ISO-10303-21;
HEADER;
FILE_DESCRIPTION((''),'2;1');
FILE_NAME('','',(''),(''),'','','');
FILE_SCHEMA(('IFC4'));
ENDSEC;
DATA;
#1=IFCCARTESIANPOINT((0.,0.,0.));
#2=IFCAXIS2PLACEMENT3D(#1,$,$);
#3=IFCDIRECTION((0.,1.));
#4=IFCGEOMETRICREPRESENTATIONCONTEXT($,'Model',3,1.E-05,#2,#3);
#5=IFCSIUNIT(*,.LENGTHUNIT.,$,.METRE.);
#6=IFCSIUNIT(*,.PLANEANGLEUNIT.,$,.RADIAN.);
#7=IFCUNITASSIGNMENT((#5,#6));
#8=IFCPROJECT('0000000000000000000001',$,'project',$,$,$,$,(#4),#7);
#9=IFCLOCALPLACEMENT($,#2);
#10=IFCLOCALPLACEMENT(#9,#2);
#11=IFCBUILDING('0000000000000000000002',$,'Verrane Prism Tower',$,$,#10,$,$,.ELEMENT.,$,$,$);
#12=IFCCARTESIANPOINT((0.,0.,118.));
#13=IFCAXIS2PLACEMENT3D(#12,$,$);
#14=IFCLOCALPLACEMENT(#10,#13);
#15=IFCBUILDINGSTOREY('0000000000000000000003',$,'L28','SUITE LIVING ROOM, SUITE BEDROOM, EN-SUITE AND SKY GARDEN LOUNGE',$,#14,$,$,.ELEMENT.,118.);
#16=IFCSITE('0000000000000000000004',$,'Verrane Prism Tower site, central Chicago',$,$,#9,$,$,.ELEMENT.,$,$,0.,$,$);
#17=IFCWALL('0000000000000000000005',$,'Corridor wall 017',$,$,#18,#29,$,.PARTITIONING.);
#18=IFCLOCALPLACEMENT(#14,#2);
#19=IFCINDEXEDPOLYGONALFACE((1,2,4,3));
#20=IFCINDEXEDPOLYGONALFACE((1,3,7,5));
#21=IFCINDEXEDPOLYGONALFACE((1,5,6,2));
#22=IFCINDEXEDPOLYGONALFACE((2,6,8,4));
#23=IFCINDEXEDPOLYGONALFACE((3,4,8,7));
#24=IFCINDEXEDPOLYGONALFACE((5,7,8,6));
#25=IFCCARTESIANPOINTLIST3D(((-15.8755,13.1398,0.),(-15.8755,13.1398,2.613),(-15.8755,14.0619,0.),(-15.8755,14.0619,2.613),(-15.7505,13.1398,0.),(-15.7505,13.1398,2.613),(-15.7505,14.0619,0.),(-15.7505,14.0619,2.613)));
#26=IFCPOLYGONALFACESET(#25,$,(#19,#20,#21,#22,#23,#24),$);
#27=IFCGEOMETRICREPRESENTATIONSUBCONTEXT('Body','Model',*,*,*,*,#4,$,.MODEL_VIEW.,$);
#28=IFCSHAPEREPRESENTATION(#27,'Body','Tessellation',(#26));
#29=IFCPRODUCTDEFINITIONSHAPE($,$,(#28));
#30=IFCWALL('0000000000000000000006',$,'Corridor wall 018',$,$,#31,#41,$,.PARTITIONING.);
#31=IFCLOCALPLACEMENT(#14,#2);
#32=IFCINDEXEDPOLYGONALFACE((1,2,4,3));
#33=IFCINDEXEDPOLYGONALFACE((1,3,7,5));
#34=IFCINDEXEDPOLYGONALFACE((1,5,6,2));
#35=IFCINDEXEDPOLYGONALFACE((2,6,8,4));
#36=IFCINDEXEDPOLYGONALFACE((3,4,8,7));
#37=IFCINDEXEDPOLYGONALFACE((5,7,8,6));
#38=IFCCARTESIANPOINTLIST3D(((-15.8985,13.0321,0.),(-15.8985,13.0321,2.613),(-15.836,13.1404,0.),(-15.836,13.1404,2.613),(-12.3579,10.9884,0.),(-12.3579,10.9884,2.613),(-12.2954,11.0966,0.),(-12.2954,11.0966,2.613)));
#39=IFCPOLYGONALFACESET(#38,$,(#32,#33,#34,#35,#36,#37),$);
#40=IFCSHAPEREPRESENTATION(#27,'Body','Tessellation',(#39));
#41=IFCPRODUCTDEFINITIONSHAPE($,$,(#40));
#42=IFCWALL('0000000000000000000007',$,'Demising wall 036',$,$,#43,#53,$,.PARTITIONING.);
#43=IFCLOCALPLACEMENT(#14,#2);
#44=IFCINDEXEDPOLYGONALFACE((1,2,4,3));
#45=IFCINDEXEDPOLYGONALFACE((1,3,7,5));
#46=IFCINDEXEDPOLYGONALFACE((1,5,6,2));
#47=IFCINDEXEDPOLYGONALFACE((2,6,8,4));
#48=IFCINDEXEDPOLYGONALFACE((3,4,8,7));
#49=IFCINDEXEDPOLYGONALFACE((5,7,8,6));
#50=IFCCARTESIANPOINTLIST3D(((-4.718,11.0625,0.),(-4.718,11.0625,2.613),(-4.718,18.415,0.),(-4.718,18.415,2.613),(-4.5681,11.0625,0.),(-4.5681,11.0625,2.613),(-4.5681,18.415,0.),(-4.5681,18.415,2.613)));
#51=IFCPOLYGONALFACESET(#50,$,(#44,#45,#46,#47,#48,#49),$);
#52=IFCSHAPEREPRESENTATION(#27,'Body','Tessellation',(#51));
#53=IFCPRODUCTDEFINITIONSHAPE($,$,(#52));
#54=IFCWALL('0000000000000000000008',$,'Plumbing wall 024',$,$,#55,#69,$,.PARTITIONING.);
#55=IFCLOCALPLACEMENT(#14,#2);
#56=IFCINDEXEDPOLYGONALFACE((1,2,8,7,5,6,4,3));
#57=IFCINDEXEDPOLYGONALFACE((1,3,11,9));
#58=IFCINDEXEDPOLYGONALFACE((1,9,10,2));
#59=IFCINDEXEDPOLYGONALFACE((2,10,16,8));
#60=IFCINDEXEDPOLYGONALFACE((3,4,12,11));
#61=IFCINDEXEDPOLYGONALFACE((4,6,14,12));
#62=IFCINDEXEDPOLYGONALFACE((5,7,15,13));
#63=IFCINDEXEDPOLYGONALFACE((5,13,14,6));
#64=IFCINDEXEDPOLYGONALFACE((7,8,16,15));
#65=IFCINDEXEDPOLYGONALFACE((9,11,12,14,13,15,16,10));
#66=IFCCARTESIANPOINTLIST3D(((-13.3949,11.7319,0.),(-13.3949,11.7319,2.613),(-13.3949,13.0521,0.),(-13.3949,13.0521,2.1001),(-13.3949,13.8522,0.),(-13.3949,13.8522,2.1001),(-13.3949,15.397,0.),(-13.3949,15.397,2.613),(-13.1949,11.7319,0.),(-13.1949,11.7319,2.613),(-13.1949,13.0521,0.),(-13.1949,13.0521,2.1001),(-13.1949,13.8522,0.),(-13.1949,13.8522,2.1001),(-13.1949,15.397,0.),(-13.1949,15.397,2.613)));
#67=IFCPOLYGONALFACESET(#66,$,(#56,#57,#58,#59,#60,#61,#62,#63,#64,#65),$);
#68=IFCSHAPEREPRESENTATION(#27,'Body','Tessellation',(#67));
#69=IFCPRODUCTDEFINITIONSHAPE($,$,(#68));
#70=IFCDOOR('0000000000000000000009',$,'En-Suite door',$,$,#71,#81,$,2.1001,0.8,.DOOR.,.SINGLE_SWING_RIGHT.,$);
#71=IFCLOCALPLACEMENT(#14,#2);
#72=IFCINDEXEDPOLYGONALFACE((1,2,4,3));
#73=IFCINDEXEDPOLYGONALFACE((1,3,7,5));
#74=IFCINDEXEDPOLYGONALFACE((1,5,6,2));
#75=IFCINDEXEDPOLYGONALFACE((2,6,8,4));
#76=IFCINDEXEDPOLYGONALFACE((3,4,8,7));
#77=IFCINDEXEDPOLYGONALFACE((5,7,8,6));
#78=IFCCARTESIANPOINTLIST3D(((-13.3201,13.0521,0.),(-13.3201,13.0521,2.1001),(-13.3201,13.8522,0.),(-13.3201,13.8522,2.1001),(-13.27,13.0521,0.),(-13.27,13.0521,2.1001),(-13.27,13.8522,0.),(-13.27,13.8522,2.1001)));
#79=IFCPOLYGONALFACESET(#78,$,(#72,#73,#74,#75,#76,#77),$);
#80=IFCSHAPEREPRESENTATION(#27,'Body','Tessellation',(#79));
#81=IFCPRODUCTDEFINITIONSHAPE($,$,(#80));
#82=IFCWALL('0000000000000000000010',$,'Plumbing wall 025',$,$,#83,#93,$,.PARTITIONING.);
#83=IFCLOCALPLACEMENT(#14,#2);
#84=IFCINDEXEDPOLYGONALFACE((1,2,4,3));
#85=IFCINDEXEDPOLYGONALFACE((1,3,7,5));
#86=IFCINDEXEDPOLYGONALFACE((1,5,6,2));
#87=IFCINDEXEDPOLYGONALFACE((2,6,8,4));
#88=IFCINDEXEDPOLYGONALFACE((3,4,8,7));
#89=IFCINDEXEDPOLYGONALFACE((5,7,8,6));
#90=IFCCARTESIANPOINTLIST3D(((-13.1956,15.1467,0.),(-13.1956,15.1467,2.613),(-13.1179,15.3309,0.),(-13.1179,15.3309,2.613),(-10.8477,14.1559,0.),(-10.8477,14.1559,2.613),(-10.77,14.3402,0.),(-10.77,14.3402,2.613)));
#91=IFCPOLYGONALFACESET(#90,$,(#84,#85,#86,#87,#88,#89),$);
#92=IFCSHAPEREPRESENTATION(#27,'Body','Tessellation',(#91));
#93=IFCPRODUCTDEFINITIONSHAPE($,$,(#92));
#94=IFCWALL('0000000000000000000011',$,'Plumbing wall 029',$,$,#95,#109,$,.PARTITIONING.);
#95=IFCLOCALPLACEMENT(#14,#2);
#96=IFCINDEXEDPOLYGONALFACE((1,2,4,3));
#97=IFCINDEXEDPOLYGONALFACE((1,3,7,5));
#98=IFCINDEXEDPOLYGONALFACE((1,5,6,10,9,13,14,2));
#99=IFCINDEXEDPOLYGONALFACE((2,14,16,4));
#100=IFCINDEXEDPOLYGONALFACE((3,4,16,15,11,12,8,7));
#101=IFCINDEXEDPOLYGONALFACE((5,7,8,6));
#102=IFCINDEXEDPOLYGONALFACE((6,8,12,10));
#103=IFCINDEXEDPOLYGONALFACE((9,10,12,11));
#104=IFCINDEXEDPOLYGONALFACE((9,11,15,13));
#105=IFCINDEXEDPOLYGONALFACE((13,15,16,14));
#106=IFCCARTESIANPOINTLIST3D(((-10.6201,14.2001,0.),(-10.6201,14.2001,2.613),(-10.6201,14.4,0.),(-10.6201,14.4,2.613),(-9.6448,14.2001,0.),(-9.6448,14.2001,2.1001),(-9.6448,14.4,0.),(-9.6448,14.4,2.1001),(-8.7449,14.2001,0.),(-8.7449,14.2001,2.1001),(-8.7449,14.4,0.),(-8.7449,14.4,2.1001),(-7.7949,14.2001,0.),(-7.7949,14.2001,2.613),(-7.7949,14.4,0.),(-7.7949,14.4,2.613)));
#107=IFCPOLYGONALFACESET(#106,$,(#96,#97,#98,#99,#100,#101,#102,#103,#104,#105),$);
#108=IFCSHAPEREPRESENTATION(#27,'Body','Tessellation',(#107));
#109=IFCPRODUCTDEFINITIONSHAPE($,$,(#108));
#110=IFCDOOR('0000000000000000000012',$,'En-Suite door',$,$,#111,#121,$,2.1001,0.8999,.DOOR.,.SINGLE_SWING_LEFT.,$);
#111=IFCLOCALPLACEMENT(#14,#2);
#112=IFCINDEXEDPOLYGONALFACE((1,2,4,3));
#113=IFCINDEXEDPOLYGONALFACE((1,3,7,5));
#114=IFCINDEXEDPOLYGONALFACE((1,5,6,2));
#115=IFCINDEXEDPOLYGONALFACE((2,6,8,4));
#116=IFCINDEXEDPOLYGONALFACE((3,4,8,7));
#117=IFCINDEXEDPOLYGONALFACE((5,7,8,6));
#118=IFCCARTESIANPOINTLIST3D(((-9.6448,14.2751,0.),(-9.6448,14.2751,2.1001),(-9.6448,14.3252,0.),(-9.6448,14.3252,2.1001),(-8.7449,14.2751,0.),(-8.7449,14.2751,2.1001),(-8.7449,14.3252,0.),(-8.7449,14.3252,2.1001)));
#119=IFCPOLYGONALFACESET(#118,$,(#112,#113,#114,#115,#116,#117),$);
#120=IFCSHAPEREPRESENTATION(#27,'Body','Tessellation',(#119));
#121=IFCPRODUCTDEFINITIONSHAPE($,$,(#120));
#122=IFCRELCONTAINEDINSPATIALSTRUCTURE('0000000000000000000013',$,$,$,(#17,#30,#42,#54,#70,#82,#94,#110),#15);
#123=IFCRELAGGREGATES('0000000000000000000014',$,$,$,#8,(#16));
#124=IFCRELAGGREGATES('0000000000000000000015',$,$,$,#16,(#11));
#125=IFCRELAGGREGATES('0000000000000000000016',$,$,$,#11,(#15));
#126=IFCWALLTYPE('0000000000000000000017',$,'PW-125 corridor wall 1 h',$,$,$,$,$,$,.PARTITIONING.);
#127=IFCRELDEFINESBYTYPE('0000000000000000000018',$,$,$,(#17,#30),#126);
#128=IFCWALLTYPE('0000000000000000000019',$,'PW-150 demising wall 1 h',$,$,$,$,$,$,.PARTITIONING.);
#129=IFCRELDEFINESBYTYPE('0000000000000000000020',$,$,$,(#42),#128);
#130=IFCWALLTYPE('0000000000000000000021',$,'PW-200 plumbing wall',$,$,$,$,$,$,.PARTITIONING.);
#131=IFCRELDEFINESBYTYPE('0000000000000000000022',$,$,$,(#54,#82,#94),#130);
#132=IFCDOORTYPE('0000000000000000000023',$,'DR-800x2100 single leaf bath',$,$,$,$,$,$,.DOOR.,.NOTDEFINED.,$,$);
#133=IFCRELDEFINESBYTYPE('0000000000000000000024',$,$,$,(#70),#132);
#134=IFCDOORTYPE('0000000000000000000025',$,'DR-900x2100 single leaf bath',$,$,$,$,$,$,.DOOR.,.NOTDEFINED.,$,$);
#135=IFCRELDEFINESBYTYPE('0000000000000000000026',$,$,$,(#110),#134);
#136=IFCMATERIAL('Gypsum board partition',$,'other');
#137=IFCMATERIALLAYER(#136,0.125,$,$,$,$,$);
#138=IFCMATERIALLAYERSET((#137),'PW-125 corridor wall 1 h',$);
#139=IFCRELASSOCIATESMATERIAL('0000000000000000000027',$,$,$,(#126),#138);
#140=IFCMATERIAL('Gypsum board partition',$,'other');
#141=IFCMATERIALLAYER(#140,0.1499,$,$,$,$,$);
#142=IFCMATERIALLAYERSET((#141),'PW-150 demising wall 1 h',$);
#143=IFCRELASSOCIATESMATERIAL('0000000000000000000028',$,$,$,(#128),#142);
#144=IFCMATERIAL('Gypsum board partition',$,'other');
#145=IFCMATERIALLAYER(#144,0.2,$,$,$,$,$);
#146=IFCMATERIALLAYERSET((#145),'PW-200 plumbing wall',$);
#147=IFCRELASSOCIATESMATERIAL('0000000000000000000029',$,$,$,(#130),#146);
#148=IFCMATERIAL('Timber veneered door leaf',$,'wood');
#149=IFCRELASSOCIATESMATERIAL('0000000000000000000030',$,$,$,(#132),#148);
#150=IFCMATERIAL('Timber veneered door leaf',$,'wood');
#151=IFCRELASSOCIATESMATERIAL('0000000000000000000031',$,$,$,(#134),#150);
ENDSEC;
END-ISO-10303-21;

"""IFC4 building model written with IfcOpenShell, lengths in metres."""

from ifc_helpers import new_model, si_unit, direction, frame, frame_2d, origin, place, context, subcontext, project, spatial, rectangle, extrude, material, layer, layer_set, type_object, element, fill, save


model = new_model("IFC4")

# Units and contexts
model_context = context("Model", 3, precision=1e-05, world=origin(), true_north=direction((0.0, 1.0)))
body_context = subcontext(model_context, "Body", "Model", "MODEL_VIEW")
ifc_project = project(units=[si_unit("LENGTHUNIT", "METRE"), si_unit("PLANEANGLEUNIT", "RADIAN")], contexts=[model_context])

# Site, building, storey
site_placement = place(None, origin())
site = spatial("IfcSite", under=ifc_project, at=site_placement, Name="Verrane Prism Tower site, central Chicago", CompositionType="ELEMENT", RefElevation=0.0)
building_placement = place(site_placement, origin())
building = spatial("IfcBuilding", under=site, at=building_placement, Name="Verrane Prism Tower", CompositionType="ELEMENT")
storey_placement = place(building_placement, frame((0.0, 0.0, 118.0)))
storey = spatial("IfcBuildingStorey", under=building, at=storey_placement, Name="L28", Description="SUITE LIVING ROOM, SUITE BEDROOM, EN-SUITE AND SKY GARDEN LOUNGE", CompositionType="ELEMENT", Elevation=118.0)

# Walls
ifc_material_1 = material(Name="Gypsum board partition", Category="other")
ifc_layer_1 = layer(ifc_material_1, 0.125)
ifc_layer_set_1 = layer_set([ifc_layer_1], Name="PW-125 corridor wall 1 h")
wall_type_1 = type_object("IfcWallType", Name="PW-125 corridor wall 1 h", PredefinedType="PARTITIONING", material=ifc_layer_set_1)
wall_1_placement = place(storey_placement, frame((-15.813, 13.1399, 0.0), z_axis=(0.0, 0.0, 1.0), x_axis=(0.0, 1.0, 0.0)))
element("IfcWall", 1, at=wall_1_placement, inside=storey, type_object=wall_type_1, Name="Corridor wall 017", PredefinedType="PARTITIONING", context=body_context, shape_type="SweptSolid", body=[
    extrude(rectangle(XDim=0.9221, YDim=0.125, at=frame_2d((0.4609, 0.0))), origin(), (0.0, 0.0, 1.0), 2.613),
])
wall_2_placement = place(storey_placement, frame((-15.8672, 13.0862, 0.0), z_axis=(0.0, 0.0, 1.0), x_axis=(0.86607, -0.499922, 0.0)))
element("IfcWall", 2, at=wall_2_placement, inside=storey, type_object=wall_type_1, Name="Corridor wall 018", PredefinedType="PARTITIONING", context=body_context, shape_type="SweptSolid", body=[
    extrude(rectangle(XDim=4.0881, YDim=0.125, at=frame_2d((2.0439, 0.0))), origin(), (0.0, 0.0, 1.0), 2.613),
])
ifc_material_2 = material(Name="Gypsum board partition", Category="other")
ifc_layer_2 = layer(ifc_material_2, 0.1499)
ifc_layer_set_2 = layer_set([ifc_layer_2], Name="PW-150 demising wall 1 h")
wall_type_2 = type_object("IfcWallType", Name="PW-150 demising wall 1 h", PredefinedType="PARTITIONING", material=ifc_layer_set_2)
wall_3_placement = place(storey_placement, frame((-4.6431, 11.0625, 0.0), z_axis=(0.0, 0.0, 1.0), x_axis=(0.0, 1.0, 0.0)))
element("IfcWall", 3, at=wall_3_placement, inside=storey, type_object=wall_type_2, Name="Demising wall 036", PredefinedType="PARTITIONING", context=body_context, shape_type="SweptSolid", body=[
    extrude(rectangle(XDim=7.3525, YDim=0.1499, at=frame_2d((3.6763, 0.0))), origin(), (0.0, 0.0, 1.0), 2.613),
])

# Wall, opening, door
ifc_material_3 = material(Name="Gypsum board partition", Category="other")
ifc_layer_3 = layer(ifc_material_3, 0.2)
ifc_layer_set_3 = layer_set([ifc_layer_3], Name="PW-200 plumbing wall")
wall_type_3 = type_object("IfcWallType", Name="PW-200 plumbing wall", PredefinedType="PARTITIONING", material=ifc_layer_set_3)
wall_4_placement = place(storey_placement, frame((-13.2949, 15.397, 0.0), z_axis=(0.0, 0.0, 1.0), x_axis=(0.0, -1.0, 0.0)))
wall_4 = element("IfcWall", 4, at=wall_4_placement, inside=storey, type_object=wall_type_3, Name="Plumbing wall 024", PredefinedType="PARTITIONING", context=body_context, shape_type="SweptSolid", body=[
    extrude(rectangle(XDim=3.665, YDim=0.2, at=frame_2d((1.8325, 0.0))), origin(), (0.0, 0.0, 1.0), 2.613),
])
opening_1_placement = place(wall_4_placement, frame((1.5449, 0.0, 0.0)))
opening_1 = element("IfcOpeningElement", 5, at=opening_1_placement, cuts=wall_4, PredefinedType="OPENING", context=body_context, shape_type="SweptSolid", body=[
    extrude(rectangle(XDim=0.8, YDim=2.1001, at=frame_2d((0.3999, 1.05))), frame((0.0, 0.1099, 0.0), z_axis=(0.0, -1.0, 0.0), x_axis=(1.0, 0.0, 0.0)), (0.0, 0.0, 1.0), 0.22),
])
ifc_material_4 = material(Name="Timber veneered door leaf", Category="wood")
door_type_1 = type_object("IfcDoorType", Name="DR-800x2100 single leaf bath", OperationType="NOTDEFINED", PredefinedType="DOOR", material=ifc_material_4)
door_1_placement = place(opening_1_placement, origin())
door_1 = element("IfcDoor", 6, at=door_1_placement, inside=storey, type_object=door_type_1, Name="En-Suite door", OperationType="SINGLE_SWING_RIGHT", OverallHeight=2.1001, OverallWidth=0.8, PredefinedType="DOOR", context=body_context, shape_type="SweptSolid", body=[
    extrude(rectangle(XDim=0.8, YDim=2.1001, at=frame_2d((0.3999, 1.05))), frame((0.0, 0.0249, 0.0), z_axis=(0.0, -1.0, 0.0), x_axis=(1.0, 0.0, 0.0)), (0.0, 0.0, 1.0), 0.05),
])
fill(opening_1, door_1)

# Wall
wall_5_placement = place(storey_placement, frame((-13.1567, 15.2388, 0.0), z_axis=(0.0, 0.0, 1.0), x_axis=(0.921336, -0.388768, 0.0)))
element("IfcWall", 7, at=wall_5_placement, inside=storey, type_object=wall_type_3, Name="Plumbing wall 025", PredefinedType="PARTITIONING", context=body_context, shape_type="SweptSolid", body=[
    extrude(rectangle(XDim=2.5483, YDim=0.2, at=frame_2d((1.2742, 0.0))), origin(), (0.0, 0.0, 1.0), 2.613),
])

# Wall, opening, door
wall_6_placement = place(storey_placement, frame((-7.7949, 14.3, 0.0), z_axis=(0.0, 0.0, 1.0), x_axis=(-1.0, 0.0, 0.0)))
wall_6 = element("IfcWall", 8, at=wall_6_placement, inside=storey, type_object=wall_type_3, Name="Plumbing wall 029", PredefinedType="PARTITIONING", context=body_context, shape_type="SweptSolid", body=[
    extrude(rectangle(XDim=2.8252, YDim=0.2, at=frame_2d((1.4126, 0.0))), origin(), (0.0, 0.0, 1.0), 2.613),
])
opening_2_placement = place(wall_6_placement, frame((0.95, 0.0, 0.0)))
opening_2 = element("IfcOpeningElement", 9, at=opening_2_placement, cuts=wall_6, PredefinedType="OPENING", context=body_context, shape_type="SweptSolid", body=[
    extrude(rectangle(XDim=0.8999, YDim=2.1001, at=frame_2d((0.45, 1.05))), frame((0.0, 0.1099, 0.0), z_axis=(0.0, -1.0, 0.0), x_axis=(1.0, 0.0, 0.0)), (0.0, 0.0, 1.0), 0.22),
])
ifc_material_5 = material(Name="Timber veneered door leaf", Category="wood")
door_type_2 = type_object("IfcDoorType", Name="DR-900x2100 single leaf bath", OperationType="NOTDEFINED", PredefinedType="DOOR", material=ifc_material_5)
door_2_placement = place(opening_2_placement, origin())
door_2 = element("IfcDoor", 10, at=door_2_placement, inside=storey, type_object=door_type_2, Name="En-Suite door", OperationType="SINGLE_SWING_LEFT", OverallHeight=2.1001, OverallWidth=0.8999, PredefinedType="DOOR", context=body_context, shape_type="SweptSolid", body=[
    extrude(rectangle(XDim=0.8999, YDim=2.1001, at=frame_2d((0.45, 1.05))), frame((0.0, 0.0249, 0.0), z_axis=(0.0, -1.0, 0.0), x_axis=(1.0, 0.0, 0.0)), (0.0, 0.0, 1.0), 0.05),
])
fill(opening_2, door_2)

save(model, "model.ifc")
